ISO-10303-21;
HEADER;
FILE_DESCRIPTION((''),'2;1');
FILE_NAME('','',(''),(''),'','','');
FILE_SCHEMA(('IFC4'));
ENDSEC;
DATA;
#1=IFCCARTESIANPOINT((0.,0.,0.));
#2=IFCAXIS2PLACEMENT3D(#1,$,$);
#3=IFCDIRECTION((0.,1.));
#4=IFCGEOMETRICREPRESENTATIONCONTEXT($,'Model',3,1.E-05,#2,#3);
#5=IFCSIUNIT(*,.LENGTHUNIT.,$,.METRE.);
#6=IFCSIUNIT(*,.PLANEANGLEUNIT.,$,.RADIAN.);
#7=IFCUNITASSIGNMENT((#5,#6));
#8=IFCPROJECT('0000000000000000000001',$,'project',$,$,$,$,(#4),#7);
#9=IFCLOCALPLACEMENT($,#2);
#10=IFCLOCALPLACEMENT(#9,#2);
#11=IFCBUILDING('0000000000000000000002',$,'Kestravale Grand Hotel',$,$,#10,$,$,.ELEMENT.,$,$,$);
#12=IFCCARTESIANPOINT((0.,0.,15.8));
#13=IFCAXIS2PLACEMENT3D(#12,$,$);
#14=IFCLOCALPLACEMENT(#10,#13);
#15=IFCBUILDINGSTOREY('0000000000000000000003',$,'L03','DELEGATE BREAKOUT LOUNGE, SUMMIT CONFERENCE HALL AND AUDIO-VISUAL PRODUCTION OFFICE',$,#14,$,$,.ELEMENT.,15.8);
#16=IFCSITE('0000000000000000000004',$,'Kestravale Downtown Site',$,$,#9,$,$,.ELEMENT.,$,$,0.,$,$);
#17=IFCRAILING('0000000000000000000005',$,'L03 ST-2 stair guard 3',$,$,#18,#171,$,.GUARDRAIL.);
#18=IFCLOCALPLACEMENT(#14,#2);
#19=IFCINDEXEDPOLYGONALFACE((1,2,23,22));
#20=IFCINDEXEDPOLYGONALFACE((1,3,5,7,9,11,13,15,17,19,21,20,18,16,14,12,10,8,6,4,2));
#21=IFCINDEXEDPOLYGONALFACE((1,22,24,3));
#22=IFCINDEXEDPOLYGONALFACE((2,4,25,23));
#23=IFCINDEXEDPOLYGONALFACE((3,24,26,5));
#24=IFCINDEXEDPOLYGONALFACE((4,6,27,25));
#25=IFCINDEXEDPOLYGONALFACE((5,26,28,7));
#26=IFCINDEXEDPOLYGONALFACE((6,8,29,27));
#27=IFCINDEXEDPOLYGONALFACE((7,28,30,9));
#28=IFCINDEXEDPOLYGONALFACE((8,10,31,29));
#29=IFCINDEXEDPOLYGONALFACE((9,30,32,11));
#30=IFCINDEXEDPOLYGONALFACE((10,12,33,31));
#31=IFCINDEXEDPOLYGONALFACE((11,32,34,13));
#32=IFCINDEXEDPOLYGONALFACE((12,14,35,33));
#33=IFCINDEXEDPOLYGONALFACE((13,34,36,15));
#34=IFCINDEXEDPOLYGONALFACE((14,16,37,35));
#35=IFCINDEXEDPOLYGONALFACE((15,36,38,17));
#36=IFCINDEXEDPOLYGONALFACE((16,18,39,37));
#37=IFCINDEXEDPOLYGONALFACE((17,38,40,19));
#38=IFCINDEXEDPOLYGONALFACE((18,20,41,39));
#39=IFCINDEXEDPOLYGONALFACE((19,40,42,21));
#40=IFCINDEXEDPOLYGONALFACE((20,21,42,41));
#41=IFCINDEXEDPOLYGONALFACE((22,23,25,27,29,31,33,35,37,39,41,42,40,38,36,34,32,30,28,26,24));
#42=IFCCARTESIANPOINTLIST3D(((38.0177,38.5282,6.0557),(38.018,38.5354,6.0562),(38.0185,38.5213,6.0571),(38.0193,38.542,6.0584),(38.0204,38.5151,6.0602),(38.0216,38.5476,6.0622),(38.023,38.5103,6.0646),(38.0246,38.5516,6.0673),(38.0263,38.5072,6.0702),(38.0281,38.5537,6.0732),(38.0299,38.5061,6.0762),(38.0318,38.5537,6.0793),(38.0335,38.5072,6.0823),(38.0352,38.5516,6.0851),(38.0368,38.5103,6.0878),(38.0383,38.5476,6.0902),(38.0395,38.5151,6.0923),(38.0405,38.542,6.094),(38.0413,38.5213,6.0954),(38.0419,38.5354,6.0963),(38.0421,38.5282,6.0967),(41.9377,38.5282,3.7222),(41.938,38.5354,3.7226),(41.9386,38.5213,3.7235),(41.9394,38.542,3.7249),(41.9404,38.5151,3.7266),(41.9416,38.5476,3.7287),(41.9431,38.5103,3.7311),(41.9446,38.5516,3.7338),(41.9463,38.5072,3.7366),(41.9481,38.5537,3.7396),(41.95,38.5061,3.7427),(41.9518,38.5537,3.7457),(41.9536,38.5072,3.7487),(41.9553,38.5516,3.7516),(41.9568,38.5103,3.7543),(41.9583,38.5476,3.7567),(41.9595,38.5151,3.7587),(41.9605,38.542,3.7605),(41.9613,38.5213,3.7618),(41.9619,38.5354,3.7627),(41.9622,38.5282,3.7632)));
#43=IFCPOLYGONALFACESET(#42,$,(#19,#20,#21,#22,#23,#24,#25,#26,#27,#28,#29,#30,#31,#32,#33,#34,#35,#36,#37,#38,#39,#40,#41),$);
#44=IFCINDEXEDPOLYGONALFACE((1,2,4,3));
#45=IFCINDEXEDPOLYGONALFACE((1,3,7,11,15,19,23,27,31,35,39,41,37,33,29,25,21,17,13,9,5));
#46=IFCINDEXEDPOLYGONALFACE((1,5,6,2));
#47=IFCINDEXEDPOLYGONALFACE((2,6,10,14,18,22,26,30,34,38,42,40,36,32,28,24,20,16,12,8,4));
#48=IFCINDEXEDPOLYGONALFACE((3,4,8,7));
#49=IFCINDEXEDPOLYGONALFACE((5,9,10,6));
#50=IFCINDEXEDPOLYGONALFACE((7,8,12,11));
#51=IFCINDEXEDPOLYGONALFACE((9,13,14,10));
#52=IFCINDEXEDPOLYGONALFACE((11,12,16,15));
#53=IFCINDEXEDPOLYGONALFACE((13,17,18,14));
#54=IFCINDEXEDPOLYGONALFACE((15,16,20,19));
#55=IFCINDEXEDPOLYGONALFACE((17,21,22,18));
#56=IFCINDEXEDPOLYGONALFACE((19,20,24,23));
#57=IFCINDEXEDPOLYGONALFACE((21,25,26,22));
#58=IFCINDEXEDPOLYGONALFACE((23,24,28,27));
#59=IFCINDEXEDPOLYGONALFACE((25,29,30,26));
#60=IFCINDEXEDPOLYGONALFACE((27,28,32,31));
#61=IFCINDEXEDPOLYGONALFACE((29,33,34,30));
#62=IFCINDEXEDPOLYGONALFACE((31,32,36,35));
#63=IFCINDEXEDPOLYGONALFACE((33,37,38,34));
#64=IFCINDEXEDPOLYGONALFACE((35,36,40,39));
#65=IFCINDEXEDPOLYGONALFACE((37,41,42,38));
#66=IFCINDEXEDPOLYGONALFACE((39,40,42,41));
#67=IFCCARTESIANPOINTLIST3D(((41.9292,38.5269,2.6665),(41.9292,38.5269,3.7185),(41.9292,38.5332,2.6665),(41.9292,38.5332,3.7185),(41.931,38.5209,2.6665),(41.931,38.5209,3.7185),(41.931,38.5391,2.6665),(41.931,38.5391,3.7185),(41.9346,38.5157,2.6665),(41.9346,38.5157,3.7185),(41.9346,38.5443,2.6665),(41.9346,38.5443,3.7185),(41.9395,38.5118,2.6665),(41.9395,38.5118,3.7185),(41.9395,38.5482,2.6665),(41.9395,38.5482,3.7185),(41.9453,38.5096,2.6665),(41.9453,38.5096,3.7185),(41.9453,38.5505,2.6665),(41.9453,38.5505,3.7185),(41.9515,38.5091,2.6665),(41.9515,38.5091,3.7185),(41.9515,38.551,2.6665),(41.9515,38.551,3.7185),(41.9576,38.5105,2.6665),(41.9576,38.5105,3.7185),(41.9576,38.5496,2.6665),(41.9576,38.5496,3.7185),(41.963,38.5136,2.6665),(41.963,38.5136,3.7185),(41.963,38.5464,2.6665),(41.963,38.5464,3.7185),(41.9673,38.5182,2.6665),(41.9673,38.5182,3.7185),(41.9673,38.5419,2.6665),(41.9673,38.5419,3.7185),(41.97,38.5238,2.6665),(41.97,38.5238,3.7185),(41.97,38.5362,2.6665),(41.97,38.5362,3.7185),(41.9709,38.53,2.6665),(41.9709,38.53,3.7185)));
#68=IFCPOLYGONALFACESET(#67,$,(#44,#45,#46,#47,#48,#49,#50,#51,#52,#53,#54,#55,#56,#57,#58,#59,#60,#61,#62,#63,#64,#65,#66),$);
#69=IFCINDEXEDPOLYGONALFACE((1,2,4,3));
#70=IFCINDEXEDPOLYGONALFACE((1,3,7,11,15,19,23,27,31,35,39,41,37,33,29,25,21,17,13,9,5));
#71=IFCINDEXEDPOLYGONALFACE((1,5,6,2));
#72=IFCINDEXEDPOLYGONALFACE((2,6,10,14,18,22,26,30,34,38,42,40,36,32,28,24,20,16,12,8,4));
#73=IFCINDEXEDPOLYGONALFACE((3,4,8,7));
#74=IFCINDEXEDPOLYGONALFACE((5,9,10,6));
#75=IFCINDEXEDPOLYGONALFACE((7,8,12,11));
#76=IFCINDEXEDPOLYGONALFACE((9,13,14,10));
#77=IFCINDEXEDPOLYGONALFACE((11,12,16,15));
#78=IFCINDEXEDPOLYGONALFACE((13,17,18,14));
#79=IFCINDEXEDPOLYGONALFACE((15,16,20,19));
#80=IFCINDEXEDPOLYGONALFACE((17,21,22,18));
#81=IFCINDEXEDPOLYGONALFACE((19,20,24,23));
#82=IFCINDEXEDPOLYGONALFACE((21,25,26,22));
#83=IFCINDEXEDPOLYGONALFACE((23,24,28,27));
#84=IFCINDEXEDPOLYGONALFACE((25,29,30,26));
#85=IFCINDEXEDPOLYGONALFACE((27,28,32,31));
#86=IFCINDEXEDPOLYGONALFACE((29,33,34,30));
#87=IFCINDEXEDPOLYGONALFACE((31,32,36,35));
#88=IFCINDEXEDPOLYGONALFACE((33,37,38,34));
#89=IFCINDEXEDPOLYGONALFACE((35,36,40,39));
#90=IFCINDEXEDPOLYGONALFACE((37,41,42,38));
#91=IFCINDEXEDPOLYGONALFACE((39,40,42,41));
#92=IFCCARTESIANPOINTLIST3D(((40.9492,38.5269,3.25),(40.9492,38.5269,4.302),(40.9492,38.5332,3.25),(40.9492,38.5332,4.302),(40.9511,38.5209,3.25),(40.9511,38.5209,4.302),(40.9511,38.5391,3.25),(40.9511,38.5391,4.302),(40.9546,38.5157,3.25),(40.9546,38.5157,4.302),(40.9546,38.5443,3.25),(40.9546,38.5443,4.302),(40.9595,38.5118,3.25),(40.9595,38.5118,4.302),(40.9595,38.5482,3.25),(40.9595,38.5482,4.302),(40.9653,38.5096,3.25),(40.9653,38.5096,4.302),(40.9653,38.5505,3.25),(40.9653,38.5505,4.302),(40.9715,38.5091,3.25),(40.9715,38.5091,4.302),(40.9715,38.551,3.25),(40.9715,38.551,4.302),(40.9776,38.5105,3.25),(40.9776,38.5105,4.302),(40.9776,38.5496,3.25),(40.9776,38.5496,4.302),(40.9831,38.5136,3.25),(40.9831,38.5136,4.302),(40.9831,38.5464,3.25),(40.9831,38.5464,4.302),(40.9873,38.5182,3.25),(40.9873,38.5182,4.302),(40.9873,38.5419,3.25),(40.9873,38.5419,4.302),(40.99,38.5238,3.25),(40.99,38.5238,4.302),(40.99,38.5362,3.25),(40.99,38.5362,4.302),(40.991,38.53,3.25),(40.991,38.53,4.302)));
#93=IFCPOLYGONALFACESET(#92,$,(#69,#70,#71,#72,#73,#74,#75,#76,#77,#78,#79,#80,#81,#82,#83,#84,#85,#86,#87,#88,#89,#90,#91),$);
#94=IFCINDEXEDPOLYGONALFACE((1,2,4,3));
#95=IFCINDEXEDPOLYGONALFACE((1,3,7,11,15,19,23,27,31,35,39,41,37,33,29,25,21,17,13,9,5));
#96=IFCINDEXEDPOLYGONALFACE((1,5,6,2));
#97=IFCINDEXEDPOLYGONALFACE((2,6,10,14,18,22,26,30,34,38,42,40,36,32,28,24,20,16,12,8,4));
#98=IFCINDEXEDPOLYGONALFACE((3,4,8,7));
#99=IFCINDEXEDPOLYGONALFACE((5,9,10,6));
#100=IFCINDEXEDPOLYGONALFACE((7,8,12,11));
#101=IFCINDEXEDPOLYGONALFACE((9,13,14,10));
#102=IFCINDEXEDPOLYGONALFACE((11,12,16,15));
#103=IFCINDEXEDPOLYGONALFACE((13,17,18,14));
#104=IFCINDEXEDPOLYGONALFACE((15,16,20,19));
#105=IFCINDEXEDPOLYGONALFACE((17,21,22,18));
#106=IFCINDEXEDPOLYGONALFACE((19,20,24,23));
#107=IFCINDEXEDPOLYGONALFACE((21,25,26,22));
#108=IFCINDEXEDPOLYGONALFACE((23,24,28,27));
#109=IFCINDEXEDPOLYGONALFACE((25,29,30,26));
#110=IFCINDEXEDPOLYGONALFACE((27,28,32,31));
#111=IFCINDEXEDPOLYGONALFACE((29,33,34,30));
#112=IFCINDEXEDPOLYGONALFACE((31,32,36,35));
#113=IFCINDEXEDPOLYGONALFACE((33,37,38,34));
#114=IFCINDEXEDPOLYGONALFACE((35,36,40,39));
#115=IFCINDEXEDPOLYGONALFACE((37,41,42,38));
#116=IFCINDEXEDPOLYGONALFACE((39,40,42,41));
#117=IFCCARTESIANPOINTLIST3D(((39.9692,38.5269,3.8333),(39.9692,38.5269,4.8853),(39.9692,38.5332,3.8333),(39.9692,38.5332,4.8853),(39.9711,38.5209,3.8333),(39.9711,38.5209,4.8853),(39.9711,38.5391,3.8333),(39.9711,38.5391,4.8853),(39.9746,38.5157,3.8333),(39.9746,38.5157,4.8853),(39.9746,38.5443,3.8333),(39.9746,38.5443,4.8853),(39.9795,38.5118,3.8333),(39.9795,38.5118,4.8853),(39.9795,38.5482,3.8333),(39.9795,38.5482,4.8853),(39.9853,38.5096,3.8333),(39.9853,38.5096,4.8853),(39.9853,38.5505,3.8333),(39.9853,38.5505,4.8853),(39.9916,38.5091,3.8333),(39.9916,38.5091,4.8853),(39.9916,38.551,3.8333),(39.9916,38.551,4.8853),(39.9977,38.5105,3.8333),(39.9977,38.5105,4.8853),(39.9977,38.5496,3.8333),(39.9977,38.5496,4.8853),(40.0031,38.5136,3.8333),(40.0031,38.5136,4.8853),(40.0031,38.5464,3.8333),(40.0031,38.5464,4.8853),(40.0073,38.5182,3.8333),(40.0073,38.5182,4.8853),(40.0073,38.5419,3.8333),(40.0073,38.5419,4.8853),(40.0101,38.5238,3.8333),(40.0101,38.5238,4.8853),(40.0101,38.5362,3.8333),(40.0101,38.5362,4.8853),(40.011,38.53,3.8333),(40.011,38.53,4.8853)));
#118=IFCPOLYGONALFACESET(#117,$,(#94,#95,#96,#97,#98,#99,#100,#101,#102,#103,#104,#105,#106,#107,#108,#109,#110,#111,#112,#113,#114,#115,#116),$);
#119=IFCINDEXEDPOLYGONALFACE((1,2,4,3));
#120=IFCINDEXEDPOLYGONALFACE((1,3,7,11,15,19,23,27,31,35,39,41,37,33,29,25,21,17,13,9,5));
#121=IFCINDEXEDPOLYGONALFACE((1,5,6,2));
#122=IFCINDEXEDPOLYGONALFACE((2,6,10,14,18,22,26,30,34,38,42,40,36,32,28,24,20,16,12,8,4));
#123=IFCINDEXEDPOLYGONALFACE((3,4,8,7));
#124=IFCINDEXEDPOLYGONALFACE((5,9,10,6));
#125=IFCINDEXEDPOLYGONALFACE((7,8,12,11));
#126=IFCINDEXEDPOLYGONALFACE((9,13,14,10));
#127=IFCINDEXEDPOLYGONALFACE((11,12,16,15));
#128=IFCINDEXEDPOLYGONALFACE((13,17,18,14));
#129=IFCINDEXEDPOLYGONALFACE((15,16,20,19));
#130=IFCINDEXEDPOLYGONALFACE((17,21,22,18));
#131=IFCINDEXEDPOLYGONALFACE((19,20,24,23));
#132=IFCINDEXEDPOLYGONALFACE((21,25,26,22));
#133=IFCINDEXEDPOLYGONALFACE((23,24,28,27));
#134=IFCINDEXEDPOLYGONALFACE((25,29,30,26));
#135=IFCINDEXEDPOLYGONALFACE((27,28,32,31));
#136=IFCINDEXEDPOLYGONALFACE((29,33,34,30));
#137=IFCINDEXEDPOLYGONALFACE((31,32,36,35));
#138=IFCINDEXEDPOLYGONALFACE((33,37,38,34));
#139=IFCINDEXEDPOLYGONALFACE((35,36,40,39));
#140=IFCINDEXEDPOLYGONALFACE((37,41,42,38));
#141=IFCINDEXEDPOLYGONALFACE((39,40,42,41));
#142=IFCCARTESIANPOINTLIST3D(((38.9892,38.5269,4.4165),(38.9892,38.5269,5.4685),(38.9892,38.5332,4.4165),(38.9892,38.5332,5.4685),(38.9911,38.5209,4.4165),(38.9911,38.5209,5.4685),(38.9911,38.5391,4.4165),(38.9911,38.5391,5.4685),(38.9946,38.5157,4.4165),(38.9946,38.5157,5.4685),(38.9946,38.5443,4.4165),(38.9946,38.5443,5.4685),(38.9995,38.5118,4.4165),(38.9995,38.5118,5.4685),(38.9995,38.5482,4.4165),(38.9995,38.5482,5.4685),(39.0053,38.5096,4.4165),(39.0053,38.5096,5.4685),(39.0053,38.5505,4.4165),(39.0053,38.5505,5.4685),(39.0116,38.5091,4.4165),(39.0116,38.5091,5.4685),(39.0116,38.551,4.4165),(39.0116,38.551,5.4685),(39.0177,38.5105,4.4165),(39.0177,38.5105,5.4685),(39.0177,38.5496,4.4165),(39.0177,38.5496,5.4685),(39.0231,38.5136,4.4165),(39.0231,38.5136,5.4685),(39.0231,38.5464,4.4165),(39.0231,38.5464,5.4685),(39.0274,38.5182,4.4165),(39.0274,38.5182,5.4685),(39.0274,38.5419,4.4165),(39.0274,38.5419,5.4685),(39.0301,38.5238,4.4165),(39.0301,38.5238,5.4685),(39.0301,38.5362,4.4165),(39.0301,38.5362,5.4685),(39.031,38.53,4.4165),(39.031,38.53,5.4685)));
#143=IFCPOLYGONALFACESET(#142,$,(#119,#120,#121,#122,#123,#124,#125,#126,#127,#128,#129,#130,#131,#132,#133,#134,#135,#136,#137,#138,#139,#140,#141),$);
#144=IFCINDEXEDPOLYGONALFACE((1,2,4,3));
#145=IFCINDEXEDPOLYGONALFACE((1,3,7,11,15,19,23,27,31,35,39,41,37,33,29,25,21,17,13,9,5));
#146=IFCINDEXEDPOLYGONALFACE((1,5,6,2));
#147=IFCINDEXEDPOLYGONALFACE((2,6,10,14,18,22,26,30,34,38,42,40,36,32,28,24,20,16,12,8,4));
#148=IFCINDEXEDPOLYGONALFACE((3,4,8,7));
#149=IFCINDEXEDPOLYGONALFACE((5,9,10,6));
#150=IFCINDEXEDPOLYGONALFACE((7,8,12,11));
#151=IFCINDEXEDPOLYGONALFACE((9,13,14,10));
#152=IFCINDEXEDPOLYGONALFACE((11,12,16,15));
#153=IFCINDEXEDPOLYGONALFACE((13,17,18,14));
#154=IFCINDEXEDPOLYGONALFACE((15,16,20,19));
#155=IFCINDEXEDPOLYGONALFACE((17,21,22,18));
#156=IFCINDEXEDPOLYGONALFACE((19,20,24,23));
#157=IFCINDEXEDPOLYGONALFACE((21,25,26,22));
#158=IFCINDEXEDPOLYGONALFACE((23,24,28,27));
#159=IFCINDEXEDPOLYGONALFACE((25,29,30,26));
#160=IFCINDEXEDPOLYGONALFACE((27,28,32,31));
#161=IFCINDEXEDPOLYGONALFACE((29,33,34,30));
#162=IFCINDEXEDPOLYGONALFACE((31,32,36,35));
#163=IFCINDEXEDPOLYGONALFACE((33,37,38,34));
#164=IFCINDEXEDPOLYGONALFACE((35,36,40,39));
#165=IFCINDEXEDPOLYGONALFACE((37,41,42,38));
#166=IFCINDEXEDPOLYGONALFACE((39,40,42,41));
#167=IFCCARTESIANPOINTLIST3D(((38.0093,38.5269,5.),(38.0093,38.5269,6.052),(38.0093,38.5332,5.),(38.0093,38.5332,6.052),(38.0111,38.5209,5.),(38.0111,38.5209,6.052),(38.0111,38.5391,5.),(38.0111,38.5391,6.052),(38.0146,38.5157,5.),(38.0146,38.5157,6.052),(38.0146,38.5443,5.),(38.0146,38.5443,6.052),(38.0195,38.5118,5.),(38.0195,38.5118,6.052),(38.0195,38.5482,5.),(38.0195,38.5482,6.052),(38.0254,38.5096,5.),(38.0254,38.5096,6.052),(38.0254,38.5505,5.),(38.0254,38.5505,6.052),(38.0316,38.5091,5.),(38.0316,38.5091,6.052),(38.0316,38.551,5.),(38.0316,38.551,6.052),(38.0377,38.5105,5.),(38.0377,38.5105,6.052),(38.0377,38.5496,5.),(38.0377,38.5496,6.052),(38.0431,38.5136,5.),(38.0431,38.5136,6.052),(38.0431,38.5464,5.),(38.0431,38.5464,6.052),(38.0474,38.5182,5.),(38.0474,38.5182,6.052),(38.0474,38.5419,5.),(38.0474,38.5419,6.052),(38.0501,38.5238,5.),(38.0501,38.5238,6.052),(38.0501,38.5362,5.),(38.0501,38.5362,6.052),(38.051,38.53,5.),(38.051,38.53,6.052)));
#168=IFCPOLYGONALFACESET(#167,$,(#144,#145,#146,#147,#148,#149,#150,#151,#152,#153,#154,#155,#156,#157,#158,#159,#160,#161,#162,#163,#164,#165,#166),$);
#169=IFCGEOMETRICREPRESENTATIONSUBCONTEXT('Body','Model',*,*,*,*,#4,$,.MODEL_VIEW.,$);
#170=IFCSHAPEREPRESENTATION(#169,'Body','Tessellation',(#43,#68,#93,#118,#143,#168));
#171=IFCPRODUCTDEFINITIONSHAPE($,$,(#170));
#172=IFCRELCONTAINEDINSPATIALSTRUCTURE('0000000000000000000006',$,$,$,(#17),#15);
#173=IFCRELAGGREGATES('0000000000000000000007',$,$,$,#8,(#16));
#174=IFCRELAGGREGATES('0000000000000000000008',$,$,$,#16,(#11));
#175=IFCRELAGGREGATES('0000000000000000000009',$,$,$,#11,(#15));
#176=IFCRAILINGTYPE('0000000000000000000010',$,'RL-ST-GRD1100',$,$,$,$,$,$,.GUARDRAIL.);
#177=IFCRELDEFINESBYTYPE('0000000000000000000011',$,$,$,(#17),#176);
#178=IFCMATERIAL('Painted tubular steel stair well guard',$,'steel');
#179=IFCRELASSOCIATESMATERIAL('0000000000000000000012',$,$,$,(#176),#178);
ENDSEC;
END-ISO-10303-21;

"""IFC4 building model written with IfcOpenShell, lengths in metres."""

from ifc_helpers import new_model, si_unit, direction, frame, origin, origin_2d, place, context, subcontext, project, spatial, circle, extrude, material, type_object, element, save


model = new_model("IFC4")

# Units and contexts
model_context = context("Model", 3, precision=1e-05, world=origin(), true_north=direction((0.0, 1.0)))
body_context = subcontext(model_context, "Body", "Model", "MODEL_VIEW")
ifc_project = project(units=[si_unit("LENGTHUNIT", "METRE"), si_unit("PLANEANGLEUNIT", "RADIAN")], contexts=[model_context])

# Site, building, storey
site_placement = place(None, origin())
site = spatial("IfcSite", under=ifc_project, at=site_placement, Name="Kestravale Downtown Site", CompositionType="ELEMENT", RefElevation=0.0)
building_placement = place(site_placement, origin())
building = spatial("IfcBuilding", under=site, at=building_placement, Name="Kestravale Grand Hotel", CompositionType="ELEMENT")
storey_placement = place(building_placement, frame((0.0, 0.0, 15.8)))
storey = spatial("IfcBuildingStorey", under=building, at=storey_placement, Name="L03", Description="DELEGATE BREAKOUT LOUNGE, SUMMIT CONFERENCE HALL AND AUDIO-VISUAL PRODUCTION OFFICE", CompositionType="ELEMENT", Elevation=15.8)

# Railing
ifc_material_1 = material(Name="Painted tubular steel stair well guard", Category="steel")
railing_type_1 = type_object("IfcRailingType", Name="RL-ST-GRD1100", PredefinedType="GUARDRAIL", material=ifc_material_1)
railing_1_placement = place(storey_placement, frame((41.95, 38.53, 2.6665)))
element("IfcRailing", 1, at=railing_1_placement, inside=storey, type_object=railing_type_1, Name="L03 ST-2 stair guard 3", PredefinedType="GUARDRAIL", context=body_context, shape_type="SweptSolid", body=[
    extrude(circle(Radius=0.0239, at=origin_2d()), frame((0.0, 0.0, 1.0762), z_axis=(-0.859273, 0.0, 0.511518), x_axis=(0.0, -1.0, 0.0)), (0.0, 0.0, 1.0), 4.562),
    extrude(circle(Radius=0.021, at=origin_2d()), origin(), (0.0, 0.0, 1.0), 1.052),
    extrude(circle(Radius=0.021, at=origin_2d()), frame((-0.98, 0.0, 0.5835)), (0.0, 0.0, 1.0), 1.052),
    extrude(circle(Radius=0.021, at=origin_2d()), frame((-1.96, 0.0, 1.1667)), (0.0, 0.0, 1.0), 1.052),
    extrude(circle(Radius=0.021, at=origin_2d()), frame((-2.9399, 0.0, 1.75)), (0.0, 0.0, 1.0), 1.052),
    extrude(circle(Radius=0.021, at=origin_2d()), frame((-3.9199, 0.0, 2.3335)), (0.0, 0.0, 1.0), 1.052),
])

save(model, "model.ifc")
